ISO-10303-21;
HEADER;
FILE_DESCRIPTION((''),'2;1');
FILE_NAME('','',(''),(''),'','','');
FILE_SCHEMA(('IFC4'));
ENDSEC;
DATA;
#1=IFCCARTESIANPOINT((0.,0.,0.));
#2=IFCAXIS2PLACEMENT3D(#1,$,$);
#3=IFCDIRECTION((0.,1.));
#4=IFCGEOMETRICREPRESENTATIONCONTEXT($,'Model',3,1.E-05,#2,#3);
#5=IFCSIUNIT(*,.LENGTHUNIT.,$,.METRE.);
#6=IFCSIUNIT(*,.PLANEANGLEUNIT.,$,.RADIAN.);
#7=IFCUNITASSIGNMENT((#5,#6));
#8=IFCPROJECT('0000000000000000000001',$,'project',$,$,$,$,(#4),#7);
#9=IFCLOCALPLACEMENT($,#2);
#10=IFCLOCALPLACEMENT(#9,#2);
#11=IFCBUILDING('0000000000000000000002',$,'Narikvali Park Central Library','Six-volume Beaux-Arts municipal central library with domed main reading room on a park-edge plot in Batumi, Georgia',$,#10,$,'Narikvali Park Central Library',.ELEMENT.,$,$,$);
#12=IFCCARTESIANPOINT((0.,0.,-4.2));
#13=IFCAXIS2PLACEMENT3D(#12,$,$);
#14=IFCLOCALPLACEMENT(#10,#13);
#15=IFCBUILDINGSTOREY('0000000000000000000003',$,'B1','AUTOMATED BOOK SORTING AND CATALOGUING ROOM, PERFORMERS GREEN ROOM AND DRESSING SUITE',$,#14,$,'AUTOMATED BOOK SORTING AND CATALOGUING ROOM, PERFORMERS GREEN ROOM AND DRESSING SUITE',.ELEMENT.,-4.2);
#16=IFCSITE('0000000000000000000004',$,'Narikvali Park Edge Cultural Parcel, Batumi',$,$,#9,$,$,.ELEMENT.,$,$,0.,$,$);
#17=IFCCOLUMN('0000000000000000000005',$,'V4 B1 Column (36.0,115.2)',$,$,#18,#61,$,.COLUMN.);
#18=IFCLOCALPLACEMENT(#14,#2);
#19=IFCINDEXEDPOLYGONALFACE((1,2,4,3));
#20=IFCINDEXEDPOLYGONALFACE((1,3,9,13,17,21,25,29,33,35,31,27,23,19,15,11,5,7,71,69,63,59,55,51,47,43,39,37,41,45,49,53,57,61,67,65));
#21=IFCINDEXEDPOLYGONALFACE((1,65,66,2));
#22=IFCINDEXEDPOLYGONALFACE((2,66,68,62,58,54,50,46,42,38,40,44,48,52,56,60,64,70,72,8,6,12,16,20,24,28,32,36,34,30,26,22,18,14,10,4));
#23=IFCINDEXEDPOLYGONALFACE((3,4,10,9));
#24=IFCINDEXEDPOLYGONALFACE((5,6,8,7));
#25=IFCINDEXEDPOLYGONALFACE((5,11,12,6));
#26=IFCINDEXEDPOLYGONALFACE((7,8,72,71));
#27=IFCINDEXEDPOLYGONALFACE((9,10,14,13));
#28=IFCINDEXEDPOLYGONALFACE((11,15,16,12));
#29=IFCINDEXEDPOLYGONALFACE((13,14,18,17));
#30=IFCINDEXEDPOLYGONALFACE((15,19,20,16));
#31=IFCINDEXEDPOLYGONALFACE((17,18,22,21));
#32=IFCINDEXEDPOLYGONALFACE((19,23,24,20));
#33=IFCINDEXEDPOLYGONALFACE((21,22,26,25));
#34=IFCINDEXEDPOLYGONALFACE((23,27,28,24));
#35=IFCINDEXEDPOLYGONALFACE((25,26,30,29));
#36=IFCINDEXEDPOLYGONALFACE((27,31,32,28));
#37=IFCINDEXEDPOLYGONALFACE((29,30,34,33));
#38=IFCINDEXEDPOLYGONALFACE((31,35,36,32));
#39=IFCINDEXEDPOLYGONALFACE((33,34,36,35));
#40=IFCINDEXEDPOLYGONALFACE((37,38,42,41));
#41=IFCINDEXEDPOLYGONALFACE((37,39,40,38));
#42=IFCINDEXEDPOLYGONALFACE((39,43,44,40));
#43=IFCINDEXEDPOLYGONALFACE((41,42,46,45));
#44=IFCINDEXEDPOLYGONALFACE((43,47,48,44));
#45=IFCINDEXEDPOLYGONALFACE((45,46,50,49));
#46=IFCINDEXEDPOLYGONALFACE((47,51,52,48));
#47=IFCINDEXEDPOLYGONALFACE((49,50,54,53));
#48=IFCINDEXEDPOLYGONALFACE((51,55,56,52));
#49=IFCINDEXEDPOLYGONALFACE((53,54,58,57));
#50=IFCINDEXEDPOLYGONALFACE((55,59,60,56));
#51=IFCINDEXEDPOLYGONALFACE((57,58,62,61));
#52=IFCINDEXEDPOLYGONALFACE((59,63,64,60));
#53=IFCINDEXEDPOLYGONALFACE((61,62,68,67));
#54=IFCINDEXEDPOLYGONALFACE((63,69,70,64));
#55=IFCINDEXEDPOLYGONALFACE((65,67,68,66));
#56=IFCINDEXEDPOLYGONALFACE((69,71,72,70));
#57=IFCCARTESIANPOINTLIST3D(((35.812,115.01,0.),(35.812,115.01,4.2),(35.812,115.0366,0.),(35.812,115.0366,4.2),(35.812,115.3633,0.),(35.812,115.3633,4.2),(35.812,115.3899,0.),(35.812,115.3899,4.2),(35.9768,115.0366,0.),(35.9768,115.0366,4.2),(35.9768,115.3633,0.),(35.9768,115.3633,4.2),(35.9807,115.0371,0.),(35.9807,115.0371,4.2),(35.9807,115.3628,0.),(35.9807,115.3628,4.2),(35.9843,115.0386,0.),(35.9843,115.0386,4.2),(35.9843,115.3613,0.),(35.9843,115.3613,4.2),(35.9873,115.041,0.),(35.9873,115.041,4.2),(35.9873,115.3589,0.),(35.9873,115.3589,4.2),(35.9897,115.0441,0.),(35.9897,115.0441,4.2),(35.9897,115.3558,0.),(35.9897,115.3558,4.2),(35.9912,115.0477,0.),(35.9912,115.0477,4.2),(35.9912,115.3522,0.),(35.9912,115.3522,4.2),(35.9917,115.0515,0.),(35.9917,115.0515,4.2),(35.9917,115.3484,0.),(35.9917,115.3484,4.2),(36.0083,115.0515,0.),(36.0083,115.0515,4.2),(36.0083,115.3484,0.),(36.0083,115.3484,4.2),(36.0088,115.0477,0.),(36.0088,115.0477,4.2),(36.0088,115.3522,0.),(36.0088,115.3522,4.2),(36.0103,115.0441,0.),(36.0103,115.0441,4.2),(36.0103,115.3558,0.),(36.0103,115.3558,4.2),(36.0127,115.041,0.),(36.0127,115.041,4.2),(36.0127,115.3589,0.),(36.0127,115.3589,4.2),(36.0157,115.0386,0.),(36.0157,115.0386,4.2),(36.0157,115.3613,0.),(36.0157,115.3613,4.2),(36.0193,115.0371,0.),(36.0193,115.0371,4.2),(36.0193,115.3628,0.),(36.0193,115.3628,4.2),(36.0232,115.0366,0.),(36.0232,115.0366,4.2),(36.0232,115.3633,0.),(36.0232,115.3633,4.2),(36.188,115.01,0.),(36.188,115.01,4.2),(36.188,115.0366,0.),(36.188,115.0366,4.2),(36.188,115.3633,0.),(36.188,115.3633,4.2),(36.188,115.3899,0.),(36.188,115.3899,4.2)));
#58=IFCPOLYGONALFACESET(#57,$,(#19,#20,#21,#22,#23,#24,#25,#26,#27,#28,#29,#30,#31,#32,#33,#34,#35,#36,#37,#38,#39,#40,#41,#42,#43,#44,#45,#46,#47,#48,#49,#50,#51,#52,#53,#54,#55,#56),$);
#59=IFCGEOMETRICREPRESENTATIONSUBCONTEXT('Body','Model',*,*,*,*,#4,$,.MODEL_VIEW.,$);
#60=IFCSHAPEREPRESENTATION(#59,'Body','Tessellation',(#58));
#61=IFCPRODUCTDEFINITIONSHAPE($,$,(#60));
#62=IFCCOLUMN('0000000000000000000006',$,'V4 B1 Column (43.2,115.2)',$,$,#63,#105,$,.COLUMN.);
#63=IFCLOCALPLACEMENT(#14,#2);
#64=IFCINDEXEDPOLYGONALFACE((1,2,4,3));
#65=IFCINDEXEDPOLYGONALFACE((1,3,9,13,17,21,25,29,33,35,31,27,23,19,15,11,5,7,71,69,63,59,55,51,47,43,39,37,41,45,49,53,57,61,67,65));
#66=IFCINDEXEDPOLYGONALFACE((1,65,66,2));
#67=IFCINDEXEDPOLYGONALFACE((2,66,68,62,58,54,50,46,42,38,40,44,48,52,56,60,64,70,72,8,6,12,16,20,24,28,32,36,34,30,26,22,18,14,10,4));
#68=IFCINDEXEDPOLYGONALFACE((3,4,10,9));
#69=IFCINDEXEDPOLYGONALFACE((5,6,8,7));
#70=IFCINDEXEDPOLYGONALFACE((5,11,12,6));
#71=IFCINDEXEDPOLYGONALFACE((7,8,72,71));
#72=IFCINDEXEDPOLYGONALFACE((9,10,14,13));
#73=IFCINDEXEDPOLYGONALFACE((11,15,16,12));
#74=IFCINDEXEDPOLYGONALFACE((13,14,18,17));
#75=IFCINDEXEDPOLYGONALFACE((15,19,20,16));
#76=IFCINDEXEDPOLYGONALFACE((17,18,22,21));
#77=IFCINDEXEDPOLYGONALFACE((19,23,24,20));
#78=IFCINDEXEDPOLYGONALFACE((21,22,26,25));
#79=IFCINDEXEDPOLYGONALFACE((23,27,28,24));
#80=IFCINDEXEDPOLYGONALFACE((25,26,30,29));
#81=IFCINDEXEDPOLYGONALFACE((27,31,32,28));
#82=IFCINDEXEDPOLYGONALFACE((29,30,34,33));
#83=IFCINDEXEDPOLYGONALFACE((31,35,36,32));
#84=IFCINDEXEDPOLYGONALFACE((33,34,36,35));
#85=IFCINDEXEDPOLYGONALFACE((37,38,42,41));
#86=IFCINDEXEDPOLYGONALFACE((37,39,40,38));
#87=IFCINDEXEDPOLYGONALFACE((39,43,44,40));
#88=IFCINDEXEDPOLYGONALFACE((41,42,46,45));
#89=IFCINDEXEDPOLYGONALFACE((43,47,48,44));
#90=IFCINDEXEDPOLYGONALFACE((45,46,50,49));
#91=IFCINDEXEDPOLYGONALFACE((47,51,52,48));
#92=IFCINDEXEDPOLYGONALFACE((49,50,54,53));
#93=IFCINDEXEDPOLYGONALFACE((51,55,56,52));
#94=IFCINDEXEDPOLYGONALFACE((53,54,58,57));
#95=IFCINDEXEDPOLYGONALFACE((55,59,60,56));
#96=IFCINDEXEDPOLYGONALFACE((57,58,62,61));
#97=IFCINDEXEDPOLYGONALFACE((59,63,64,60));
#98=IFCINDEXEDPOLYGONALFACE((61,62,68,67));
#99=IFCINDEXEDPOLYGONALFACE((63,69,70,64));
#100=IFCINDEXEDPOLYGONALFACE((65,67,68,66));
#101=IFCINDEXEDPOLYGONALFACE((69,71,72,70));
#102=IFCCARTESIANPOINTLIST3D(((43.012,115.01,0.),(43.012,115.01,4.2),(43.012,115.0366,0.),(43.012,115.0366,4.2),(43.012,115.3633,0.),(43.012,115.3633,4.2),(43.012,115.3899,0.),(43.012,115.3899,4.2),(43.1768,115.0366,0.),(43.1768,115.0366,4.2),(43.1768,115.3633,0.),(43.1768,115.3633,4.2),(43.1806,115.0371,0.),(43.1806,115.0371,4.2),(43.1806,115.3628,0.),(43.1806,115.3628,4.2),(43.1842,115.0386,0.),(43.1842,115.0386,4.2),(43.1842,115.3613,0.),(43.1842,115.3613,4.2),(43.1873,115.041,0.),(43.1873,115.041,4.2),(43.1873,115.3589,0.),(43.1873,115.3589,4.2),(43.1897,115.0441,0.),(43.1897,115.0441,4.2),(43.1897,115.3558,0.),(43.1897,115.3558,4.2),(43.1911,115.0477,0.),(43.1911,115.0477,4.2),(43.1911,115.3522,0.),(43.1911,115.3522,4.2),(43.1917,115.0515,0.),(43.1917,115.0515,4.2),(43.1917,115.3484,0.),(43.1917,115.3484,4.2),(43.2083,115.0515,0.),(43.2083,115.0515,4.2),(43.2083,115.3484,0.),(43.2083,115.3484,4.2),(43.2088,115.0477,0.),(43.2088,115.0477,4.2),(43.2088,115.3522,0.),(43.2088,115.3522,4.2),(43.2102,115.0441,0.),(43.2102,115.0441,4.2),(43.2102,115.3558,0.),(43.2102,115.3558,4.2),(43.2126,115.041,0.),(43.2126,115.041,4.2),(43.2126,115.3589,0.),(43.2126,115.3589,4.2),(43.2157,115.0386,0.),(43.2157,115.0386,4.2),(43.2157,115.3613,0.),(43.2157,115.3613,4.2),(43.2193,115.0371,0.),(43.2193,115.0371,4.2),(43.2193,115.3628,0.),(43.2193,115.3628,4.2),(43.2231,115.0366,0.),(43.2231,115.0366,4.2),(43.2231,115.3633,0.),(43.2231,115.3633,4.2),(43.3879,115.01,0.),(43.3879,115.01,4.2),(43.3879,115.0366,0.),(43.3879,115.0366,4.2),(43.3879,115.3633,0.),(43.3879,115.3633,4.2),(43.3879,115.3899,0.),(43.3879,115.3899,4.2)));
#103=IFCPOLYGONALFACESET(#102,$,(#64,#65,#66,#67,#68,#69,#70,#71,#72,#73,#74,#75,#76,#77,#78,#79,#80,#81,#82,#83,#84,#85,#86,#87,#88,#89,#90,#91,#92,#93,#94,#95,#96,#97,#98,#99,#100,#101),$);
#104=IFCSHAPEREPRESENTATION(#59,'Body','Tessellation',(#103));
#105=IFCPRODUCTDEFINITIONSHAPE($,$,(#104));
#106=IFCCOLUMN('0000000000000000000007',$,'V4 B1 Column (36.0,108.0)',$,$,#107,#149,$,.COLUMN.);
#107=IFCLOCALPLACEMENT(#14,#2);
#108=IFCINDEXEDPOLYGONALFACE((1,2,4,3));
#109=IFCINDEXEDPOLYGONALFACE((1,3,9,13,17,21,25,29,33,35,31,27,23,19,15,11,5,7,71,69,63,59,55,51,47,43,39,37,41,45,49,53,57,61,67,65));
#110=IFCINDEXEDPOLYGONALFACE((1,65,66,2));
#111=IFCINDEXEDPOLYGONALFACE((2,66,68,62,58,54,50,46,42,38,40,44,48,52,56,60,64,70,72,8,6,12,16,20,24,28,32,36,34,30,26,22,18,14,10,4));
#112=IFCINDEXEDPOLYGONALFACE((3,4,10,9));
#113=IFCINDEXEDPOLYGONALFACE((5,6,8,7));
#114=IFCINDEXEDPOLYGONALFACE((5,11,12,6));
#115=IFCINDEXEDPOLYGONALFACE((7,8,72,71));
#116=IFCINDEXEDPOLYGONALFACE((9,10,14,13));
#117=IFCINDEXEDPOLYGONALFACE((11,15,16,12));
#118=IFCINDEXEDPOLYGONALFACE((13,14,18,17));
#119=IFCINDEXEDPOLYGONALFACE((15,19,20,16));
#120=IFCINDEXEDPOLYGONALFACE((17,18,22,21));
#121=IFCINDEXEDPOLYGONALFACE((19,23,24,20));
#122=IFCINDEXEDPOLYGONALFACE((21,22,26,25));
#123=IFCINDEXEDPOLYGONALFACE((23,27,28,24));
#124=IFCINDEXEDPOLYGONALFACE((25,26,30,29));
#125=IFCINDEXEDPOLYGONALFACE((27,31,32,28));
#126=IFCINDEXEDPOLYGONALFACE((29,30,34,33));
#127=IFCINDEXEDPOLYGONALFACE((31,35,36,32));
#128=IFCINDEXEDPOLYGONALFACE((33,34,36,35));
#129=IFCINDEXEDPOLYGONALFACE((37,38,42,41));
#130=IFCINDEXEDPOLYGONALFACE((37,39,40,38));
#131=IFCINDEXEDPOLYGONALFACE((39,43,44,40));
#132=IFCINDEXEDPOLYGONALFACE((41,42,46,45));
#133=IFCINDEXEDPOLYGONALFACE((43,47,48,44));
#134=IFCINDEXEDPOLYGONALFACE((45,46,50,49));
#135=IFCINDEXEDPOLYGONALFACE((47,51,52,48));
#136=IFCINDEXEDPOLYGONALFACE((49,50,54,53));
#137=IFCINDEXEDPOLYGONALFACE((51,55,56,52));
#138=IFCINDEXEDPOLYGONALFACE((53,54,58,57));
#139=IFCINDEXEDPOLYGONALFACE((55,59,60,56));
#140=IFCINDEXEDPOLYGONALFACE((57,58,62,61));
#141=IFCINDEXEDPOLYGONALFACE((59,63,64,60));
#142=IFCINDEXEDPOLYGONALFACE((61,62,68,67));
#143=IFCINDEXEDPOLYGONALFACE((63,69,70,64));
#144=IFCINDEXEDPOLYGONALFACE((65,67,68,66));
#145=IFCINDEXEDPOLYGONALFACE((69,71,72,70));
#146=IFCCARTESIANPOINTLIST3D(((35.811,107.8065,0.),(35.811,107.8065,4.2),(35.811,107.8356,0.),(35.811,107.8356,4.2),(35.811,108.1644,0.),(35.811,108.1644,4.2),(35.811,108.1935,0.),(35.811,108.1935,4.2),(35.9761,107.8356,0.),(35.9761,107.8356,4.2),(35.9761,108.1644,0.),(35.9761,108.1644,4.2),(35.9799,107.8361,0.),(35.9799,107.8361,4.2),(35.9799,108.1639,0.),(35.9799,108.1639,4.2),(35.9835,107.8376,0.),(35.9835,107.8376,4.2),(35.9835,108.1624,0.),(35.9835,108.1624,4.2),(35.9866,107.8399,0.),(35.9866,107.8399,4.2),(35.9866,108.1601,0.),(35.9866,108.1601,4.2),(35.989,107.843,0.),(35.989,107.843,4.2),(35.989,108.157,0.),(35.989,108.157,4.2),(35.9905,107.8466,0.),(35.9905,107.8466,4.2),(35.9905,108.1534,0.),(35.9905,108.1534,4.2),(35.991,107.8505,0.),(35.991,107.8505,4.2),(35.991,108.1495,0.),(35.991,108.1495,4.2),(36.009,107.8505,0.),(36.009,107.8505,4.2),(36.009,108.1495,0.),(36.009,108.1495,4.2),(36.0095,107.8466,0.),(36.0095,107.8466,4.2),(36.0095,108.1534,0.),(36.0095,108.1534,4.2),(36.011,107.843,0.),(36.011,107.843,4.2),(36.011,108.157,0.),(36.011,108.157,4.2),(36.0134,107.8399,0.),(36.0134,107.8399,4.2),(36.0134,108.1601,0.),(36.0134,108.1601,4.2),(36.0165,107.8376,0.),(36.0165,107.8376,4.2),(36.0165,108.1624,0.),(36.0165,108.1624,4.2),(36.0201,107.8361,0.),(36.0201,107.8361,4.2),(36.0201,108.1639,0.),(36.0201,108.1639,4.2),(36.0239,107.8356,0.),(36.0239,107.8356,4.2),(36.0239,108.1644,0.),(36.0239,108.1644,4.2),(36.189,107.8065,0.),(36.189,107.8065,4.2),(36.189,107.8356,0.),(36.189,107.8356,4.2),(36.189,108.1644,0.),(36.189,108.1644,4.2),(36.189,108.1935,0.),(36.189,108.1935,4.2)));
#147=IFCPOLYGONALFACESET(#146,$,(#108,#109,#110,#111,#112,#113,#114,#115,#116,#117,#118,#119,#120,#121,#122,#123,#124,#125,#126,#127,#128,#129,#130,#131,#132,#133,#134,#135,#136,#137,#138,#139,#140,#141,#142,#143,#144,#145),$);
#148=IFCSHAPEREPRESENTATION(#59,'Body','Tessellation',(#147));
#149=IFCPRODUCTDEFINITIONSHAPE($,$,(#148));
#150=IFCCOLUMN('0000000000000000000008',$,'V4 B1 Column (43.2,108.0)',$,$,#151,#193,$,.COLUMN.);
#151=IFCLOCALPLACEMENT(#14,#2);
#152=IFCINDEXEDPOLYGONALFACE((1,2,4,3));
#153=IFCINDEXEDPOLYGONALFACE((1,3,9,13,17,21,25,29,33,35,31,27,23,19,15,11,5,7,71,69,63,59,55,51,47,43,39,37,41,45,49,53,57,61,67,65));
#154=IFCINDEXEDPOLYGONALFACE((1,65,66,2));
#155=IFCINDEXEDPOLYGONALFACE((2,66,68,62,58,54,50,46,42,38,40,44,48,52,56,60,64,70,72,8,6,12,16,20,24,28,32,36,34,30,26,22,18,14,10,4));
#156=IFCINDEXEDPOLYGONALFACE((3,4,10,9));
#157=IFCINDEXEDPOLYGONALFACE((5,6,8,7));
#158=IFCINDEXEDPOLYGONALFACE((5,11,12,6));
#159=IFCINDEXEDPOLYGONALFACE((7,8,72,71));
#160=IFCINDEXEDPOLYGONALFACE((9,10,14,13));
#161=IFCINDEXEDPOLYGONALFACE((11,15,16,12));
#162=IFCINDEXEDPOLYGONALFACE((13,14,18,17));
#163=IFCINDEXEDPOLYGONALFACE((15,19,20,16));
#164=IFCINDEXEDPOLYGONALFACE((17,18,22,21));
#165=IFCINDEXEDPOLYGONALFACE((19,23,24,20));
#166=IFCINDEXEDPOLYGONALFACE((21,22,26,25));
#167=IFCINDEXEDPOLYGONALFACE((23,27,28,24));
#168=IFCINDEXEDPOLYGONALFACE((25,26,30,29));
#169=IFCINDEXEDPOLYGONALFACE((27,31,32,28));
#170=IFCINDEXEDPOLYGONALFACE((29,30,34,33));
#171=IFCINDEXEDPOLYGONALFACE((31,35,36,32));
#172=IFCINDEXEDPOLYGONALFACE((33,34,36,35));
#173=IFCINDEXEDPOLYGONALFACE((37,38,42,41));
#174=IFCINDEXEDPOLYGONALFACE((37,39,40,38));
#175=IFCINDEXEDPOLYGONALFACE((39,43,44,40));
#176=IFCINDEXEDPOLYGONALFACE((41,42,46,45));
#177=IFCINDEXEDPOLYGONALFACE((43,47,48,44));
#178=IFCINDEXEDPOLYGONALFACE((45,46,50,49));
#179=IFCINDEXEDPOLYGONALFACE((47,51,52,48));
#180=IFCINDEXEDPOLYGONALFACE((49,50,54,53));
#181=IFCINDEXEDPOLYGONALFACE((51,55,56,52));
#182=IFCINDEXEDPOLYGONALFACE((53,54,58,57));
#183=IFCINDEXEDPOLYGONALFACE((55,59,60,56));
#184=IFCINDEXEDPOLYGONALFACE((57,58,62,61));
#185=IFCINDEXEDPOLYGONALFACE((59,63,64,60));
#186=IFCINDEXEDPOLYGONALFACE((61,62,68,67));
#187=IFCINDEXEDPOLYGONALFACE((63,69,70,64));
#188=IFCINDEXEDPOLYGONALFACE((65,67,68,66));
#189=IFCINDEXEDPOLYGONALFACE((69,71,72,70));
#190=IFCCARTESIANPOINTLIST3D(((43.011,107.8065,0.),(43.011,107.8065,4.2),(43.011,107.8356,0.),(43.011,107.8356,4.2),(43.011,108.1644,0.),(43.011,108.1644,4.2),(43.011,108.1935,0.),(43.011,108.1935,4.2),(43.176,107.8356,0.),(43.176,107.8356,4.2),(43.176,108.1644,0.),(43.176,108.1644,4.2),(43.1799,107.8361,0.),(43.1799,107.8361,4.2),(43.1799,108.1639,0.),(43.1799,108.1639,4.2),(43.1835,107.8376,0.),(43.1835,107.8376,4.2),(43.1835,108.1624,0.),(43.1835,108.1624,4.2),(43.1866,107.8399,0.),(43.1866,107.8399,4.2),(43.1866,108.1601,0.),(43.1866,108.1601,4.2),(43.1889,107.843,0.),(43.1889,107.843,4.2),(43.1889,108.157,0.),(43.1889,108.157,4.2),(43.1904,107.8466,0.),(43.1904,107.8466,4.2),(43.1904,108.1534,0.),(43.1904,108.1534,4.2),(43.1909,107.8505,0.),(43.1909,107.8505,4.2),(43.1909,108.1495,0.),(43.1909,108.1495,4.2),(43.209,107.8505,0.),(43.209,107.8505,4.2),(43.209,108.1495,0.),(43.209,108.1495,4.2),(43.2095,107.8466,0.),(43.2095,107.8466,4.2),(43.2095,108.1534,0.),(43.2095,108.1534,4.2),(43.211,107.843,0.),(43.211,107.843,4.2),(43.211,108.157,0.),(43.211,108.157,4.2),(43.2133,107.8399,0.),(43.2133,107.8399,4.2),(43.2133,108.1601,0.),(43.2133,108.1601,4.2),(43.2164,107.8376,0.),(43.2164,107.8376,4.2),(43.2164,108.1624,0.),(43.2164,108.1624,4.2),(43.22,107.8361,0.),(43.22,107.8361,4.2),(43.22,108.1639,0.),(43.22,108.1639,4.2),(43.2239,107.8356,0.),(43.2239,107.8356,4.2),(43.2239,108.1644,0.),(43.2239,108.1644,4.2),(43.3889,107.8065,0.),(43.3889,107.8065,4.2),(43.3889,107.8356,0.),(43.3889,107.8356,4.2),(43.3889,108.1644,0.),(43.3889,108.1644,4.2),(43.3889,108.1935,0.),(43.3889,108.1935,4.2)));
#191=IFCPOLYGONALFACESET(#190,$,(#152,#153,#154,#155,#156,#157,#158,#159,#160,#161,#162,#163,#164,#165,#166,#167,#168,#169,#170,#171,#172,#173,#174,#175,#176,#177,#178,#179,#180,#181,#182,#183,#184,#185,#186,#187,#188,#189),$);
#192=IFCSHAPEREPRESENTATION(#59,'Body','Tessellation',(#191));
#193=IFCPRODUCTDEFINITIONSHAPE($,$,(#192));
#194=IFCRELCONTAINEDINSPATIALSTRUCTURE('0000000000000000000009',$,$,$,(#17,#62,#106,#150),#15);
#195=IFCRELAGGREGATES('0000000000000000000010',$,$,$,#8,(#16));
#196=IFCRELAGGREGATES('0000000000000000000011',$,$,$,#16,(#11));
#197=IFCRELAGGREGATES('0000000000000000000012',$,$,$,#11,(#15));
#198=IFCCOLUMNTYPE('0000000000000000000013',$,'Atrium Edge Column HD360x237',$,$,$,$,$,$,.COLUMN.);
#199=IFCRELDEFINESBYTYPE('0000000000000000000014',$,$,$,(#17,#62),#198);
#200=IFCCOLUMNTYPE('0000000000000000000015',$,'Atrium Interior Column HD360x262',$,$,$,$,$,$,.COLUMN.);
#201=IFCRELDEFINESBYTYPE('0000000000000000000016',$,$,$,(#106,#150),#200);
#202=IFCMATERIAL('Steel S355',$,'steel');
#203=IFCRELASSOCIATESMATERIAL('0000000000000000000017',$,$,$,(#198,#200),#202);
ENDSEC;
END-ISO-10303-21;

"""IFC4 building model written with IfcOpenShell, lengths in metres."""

from ifc_helpers import new_model, si_unit, direction, frame, origin, origin_2d, place, context, subcontext, project, spatial, i_section, extrude, material, material_profile, profile_set, type_object, element, save


model = new_model("IFC4")

# Units and contexts
model_context = context("Model", 3, precision=1e-05, world=origin(), true_north=direction((0.0, 1.0)))
body_context = subcontext(model_context, "Body", "Model", "MODEL_VIEW")
ifc_project = project(units=[si_unit("LENGTHUNIT", "METRE"), si_unit("PLANEANGLEUNIT", "RADIAN")], contexts=[model_context])

# Site, building, storey
site_placement = place(None, origin())
site = spatial("IfcSite", under=ifc_project, at=site_placement, Name="Narikvali Park Edge Cultural Parcel, Batumi", CompositionType="ELEMENT", RefElevation=0.0)
building_placement = place(site_placement, origin())
building = spatial("IfcBuilding", under=site, at=building_placement, Name="Narikvali Park Central Library", Description="Six-volume Beaux-Arts municipal central library with domed main reading room on a park-edge plot in Batumi, Georgia", LongName="Narikvali Park Central Library", CompositionType="ELEMENT")
storey_placement = place(building_placement, frame((0.0, 0.0, -4.2)))
storey = spatial("IfcBuildingStorey", under=building, at=storey_placement, Name="B1", Description="AUTOMATED BOOK SORTING AND CATALOGUING ROOM, PERFORMERS GREEN ROOM AND DRESSING SUITE", LongName="AUTOMATED BOOK SORTING AND CATALOGUING ROOM, PERFORMERS GREEN ROOM AND DRESSING SUITE", CompositionType="ELEMENT", Elevation=-4.2)

# Columns
ifc_material_1 = material(Name="Steel S355", Category="steel")
ifc_material_profile_1 = material_profile(ifc_material_1, i_section(OverallWidth=0.376, OverallDepth=0.3799, WebThickness=0.0166, FlangeThickness=0.0266, FilletRadius=0.0149, at=origin_2d()), Name="HD 360x237")
ifc_profile_set_1 = profile_set([ifc_material_profile_1], Name="Steel S355")
column_type_1 = type_object("IfcColumnType", Name="Atrium Edge Column HD360x237", PredefinedType="COLUMN", material=ifc_profile_set_1)
for number, where, z_axis, x_axis, name in (
    (1, (36.0, 115.2, 0.0), (0.0, 0.0, 1.0), (1.0, 0.0, 0.0), "V4 B1 Column (36.0,115.2)"),
    (2, (43.2, 115.2, 0.0), (0.0, 0.0, 1.0), (1.0, 0.0, 0.0), "V4 B1 Column (43.2,115.2)"),
):
    element("IfcColumn", number, at=place(storey_placement, frame(where, z_axis=z_axis, x_axis=x_axis)), inside=storey, type_object=column_type_1, Name=name, PredefinedType="COLUMN", context=body_context, shape_type="SweptSolid", body=[
        extrude(i_section(OverallWidth=0.376, OverallDepth=0.3799, WebThickness=0.0166, FlangeThickness=0.0266, FilletRadius=0.0149, at=origin_2d()), origin(), (0.0, 0.0, 1.0), 4.2),
    ])
ifc_material_profile_2 = material_profile(ifc_material_1, i_section(OverallWidth=0.3779, OverallDepth=0.387, WebThickness=0.0181, FlangeThickness=0.0291, FilletRadius=0.0149, at=origin_2d()), Name="HD 360x262")
ifc_profile_set_2 = profile_set([ifc_material_profile_2], Name="Steel S355")
column_type_2 = type_object("IfcColumnType", Name="Atrium Interior Column HD360x262", PredefinedType="COLUMN", material=ifc_profile_set_2)
for number, where, z_axis, x_axis, name in (
    (3, (36.0, 108.0, 0.0), (0.0, 0.0, 1.0), (1.0, 0.0, 0.0), "V4 B1 Column (36.0,108.0)"),
    (4, (43.2, 108.0, 0.0), (0.0, 0.0, 1.0), (1.0, 0.0, 0.0), "V4 B1 Column (43.2,108.0)"),
):
    element("IfcColumn", number, at=place(storey_placement, frame(where, z_axis=z_axis, x_axis=x_axis)), inside=storey, type_object=column_type_2, Name=name, PredefinedType="COLUMN", context=body_context, shape_type="SweptSolid", body=[
        extrude(i_section(OverallWidth=0.3779, OverallDepth=0.387, WebThickness=0.0181, FlangeThickness=0.0291, FilletRadius=0.0149, at=origin_2d()), origin(), (0.0, 0.0, 1.0), 4.2),
    ])

save(model, "model.ifc")
